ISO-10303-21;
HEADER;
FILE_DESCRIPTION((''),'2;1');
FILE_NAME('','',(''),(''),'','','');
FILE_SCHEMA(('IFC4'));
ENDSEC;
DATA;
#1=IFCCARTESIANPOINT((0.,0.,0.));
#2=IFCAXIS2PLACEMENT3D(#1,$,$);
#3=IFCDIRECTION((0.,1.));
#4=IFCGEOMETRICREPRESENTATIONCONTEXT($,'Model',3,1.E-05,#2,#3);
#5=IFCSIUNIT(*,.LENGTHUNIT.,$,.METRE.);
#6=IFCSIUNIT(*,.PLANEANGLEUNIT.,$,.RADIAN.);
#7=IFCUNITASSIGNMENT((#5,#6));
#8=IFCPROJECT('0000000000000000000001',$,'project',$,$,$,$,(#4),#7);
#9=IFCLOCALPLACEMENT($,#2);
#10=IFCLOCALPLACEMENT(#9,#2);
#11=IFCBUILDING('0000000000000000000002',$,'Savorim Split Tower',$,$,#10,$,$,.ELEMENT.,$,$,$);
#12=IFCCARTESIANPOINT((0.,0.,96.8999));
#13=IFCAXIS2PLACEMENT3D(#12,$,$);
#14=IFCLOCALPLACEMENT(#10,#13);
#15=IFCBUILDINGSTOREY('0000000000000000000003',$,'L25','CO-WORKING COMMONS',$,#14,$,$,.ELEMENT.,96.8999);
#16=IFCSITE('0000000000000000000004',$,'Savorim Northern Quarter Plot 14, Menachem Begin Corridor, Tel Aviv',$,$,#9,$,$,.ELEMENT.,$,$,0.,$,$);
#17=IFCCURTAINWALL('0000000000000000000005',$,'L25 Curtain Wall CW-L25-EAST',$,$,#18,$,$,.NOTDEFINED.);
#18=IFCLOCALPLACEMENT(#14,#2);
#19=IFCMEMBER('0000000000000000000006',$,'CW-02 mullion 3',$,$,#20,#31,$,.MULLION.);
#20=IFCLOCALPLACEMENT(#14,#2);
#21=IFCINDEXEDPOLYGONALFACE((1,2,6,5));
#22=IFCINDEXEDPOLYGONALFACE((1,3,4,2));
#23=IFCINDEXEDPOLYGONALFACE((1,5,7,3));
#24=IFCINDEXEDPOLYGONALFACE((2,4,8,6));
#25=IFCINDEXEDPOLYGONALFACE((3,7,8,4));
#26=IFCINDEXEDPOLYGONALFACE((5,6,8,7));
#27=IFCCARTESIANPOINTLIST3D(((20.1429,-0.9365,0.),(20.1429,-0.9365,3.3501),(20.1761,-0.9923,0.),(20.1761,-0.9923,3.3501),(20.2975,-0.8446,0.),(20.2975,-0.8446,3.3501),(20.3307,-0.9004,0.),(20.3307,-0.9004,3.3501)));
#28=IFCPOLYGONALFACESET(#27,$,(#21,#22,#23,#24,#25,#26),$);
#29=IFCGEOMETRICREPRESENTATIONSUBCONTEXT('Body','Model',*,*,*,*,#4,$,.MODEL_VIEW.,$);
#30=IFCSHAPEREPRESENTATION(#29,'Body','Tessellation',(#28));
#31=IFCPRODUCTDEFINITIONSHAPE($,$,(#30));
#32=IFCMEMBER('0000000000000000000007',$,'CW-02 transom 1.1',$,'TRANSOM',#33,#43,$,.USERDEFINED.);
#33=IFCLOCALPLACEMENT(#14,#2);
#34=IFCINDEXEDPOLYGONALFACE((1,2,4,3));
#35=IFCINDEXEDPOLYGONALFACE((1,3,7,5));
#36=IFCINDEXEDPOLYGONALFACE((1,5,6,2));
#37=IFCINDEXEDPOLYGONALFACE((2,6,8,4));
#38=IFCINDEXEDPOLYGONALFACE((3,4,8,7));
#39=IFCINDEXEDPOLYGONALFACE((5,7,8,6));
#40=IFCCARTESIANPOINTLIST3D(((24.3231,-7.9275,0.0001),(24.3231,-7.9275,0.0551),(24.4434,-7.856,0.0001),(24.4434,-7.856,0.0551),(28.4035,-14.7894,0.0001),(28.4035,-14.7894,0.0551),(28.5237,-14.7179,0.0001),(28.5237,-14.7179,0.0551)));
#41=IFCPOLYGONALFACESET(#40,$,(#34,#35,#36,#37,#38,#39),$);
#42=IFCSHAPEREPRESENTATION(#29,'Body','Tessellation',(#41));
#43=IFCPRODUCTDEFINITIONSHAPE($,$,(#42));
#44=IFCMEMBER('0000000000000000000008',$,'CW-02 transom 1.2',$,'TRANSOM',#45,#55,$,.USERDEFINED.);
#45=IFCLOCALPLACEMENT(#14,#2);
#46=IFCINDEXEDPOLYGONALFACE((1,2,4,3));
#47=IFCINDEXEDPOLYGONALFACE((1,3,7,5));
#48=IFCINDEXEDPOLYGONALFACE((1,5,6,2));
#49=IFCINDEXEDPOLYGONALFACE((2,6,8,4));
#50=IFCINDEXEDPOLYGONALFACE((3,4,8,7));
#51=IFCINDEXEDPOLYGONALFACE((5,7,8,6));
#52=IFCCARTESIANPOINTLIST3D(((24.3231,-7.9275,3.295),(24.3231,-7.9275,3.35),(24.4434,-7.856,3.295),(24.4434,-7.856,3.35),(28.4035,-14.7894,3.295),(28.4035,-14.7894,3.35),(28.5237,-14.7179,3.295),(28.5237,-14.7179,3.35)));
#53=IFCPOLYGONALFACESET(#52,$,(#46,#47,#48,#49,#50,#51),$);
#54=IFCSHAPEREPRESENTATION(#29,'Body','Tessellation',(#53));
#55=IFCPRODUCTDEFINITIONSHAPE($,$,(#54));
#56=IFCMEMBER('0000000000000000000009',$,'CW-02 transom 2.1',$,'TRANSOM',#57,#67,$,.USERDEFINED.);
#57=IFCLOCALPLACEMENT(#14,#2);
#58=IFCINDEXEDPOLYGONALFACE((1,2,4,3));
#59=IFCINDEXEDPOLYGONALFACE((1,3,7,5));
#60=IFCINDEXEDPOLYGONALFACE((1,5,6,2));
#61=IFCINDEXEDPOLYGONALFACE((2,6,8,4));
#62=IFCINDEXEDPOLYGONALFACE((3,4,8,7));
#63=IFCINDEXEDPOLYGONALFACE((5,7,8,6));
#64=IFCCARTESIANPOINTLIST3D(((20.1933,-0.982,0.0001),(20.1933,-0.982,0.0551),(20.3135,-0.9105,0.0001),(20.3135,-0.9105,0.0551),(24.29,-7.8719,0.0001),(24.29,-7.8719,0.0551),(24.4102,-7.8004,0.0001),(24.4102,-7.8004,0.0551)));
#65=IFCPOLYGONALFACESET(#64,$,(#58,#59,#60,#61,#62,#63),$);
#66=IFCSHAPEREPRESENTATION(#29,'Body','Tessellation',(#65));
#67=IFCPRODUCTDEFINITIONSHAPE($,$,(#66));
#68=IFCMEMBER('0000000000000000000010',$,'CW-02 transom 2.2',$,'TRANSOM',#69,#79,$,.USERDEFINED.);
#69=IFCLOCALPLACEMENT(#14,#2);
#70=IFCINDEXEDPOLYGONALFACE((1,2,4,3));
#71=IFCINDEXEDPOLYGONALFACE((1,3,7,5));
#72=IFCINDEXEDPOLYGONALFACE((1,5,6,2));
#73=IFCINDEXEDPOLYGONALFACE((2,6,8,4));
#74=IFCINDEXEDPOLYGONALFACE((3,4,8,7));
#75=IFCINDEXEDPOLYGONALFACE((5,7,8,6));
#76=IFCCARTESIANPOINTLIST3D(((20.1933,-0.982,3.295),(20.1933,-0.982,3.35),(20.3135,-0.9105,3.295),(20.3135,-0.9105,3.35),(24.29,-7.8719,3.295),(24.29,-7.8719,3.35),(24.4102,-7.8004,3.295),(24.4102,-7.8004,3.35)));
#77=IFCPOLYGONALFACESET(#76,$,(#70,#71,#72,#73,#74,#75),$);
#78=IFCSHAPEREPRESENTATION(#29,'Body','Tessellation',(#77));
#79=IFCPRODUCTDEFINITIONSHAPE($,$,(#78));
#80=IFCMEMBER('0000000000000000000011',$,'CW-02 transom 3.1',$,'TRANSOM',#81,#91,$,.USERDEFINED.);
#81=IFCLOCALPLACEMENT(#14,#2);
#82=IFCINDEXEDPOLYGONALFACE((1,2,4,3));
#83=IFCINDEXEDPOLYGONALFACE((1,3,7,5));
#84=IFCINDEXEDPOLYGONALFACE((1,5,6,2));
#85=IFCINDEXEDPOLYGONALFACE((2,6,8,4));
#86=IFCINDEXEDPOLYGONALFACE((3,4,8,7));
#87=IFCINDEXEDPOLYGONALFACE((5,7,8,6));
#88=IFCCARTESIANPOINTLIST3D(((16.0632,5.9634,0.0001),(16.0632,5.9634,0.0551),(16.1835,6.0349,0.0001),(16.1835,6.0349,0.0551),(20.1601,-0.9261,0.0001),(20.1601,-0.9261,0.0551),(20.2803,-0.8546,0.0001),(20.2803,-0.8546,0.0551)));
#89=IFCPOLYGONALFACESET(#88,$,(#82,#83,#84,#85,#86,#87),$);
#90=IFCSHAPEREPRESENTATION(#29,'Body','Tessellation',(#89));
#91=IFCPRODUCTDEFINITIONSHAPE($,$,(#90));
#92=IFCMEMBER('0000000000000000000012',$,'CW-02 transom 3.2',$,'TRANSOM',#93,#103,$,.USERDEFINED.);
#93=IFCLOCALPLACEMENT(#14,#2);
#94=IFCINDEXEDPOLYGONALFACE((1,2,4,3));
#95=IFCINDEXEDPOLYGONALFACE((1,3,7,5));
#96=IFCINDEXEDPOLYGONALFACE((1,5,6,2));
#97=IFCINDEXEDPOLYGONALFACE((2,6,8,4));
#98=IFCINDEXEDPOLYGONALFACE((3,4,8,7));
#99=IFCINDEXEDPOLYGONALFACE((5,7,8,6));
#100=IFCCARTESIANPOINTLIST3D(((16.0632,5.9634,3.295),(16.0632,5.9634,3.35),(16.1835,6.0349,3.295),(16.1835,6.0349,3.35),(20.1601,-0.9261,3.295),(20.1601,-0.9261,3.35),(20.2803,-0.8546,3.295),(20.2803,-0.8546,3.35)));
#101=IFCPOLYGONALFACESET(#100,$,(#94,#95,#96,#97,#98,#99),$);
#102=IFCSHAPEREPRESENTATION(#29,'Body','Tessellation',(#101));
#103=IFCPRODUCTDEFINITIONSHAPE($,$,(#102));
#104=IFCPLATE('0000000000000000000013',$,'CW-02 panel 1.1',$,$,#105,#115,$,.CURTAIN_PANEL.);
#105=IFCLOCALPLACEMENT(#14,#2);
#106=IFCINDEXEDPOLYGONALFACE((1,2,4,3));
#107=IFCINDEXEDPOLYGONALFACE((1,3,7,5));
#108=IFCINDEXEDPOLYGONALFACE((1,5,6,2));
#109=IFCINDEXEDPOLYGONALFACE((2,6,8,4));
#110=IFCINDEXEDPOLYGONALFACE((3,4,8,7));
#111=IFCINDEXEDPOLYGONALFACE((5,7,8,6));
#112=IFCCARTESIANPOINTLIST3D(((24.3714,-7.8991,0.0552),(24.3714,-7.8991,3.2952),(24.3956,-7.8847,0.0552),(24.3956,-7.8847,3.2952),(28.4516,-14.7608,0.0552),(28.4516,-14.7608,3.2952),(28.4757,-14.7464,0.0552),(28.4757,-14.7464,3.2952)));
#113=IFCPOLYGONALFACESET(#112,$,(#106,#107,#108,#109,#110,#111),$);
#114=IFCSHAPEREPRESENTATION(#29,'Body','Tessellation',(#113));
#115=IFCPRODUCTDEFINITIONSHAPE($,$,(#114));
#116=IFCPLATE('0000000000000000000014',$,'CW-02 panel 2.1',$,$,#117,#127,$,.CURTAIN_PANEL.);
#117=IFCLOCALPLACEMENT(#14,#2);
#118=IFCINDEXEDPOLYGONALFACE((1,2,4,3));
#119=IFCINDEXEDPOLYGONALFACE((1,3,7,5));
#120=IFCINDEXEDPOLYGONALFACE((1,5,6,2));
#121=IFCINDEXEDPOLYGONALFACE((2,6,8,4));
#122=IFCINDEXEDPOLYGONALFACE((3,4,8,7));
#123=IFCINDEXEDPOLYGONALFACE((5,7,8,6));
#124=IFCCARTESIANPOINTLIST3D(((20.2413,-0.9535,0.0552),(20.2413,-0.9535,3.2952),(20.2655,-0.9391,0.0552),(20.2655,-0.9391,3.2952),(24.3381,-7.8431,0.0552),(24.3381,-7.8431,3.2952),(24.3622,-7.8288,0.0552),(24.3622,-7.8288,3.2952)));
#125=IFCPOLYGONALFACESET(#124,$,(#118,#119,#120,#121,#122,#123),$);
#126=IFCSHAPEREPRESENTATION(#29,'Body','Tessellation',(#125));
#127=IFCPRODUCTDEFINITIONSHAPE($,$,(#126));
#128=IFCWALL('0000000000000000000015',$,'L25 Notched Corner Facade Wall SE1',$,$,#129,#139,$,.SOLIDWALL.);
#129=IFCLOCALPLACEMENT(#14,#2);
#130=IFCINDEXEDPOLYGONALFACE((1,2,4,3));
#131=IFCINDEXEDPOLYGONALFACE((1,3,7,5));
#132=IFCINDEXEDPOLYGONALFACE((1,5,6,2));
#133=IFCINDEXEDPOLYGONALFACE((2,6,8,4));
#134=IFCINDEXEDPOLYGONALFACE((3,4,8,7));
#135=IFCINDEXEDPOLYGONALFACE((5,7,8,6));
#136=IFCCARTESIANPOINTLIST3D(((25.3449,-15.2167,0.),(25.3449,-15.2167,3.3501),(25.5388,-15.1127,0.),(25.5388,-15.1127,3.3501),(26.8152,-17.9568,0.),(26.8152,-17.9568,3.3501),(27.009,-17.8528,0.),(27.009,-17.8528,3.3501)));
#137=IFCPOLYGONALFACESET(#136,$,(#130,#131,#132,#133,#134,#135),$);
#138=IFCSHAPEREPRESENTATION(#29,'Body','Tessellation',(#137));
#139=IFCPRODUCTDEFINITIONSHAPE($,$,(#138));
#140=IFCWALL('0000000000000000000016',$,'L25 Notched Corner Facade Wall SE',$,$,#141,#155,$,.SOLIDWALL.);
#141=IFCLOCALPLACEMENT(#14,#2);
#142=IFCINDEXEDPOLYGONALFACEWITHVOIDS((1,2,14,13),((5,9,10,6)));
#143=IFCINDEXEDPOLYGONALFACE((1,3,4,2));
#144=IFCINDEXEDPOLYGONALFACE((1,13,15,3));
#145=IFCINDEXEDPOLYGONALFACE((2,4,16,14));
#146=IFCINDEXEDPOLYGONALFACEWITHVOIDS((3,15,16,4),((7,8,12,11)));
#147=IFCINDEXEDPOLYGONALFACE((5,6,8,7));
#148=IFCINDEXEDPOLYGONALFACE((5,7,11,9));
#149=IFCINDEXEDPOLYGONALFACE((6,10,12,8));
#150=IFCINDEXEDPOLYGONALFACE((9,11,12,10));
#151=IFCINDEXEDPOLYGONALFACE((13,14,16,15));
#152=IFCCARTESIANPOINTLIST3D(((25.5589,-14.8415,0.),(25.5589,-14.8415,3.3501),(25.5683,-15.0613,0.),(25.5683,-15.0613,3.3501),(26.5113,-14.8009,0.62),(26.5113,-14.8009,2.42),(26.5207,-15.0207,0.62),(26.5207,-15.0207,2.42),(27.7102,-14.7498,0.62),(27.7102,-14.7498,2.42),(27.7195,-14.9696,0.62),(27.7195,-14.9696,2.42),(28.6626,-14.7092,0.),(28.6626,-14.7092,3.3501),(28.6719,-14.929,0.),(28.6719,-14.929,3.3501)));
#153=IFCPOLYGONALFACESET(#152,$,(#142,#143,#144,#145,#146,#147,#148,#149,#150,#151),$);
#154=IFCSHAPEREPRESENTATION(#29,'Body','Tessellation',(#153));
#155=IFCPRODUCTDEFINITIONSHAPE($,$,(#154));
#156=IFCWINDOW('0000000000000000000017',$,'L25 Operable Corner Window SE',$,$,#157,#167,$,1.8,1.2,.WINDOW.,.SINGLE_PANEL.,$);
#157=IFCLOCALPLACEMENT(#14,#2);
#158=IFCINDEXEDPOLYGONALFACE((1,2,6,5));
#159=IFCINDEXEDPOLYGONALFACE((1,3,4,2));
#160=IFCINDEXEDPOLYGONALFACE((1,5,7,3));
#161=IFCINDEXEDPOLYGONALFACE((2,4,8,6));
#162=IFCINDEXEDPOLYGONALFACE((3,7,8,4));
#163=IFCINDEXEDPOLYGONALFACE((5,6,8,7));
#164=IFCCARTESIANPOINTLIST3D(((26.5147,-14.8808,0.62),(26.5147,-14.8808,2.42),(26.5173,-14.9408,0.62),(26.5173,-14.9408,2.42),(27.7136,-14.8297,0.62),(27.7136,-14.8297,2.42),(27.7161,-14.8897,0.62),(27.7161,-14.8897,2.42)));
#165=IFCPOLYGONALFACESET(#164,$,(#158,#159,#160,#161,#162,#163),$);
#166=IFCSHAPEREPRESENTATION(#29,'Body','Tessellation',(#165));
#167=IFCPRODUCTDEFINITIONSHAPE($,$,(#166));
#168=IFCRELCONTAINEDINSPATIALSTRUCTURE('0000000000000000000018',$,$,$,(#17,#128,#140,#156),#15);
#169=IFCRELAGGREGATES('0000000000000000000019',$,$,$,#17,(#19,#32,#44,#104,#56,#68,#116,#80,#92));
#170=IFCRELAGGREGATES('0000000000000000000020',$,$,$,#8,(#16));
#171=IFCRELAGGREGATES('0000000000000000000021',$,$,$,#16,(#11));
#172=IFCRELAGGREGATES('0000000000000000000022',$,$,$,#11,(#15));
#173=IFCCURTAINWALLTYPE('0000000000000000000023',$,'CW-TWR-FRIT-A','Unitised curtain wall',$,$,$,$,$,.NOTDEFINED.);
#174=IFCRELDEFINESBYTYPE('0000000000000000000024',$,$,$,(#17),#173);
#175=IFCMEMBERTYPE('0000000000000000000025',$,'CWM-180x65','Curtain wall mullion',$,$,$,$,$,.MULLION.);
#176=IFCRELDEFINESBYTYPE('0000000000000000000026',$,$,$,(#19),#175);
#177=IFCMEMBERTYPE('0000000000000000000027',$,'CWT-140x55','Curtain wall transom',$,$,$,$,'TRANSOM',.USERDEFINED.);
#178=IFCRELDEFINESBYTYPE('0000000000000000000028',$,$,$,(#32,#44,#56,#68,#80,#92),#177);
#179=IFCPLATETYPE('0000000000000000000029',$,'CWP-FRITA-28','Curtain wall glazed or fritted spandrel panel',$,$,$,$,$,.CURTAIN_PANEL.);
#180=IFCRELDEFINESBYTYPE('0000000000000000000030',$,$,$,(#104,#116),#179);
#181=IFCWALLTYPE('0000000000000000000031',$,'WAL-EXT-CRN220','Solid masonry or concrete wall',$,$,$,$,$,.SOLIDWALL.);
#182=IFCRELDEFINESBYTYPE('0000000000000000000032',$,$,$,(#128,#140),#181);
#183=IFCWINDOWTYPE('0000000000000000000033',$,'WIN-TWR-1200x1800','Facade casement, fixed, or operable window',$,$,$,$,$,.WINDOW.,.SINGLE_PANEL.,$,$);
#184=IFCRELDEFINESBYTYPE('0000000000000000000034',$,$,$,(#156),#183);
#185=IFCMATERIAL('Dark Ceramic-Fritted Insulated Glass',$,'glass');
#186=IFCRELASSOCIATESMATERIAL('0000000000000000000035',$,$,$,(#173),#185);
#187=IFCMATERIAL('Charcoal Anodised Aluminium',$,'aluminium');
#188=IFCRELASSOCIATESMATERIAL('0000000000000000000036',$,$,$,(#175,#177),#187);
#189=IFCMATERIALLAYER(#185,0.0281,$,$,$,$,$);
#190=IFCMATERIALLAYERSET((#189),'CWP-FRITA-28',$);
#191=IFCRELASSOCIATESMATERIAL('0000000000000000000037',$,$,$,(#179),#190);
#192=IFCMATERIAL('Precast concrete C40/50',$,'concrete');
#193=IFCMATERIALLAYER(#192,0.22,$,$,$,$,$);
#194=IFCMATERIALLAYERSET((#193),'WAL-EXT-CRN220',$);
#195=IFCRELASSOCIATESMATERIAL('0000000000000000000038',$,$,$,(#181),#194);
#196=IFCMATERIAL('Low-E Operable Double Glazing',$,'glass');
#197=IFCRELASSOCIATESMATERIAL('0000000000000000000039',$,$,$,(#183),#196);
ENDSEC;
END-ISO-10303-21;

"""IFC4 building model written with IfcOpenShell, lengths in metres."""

from ifc_helpers import new_model, si_unit, direction, frame, frame_2d, origin, origin_2d, place, context, subcontext, project, spatial, rectangle, extrude, material, layer, layer_set, material_profile, profile_set, type_object, element, fill, aggregate, save


model = new_model("IFC4")

# Units and contexts
model_context = context("Model", 3, precision=1e-05, world=origin(), true_north=direction((0.0, 1.0)))
body_context = subcontext(model_context, "Body", "Model", "MODEL_VIEW")
ifc_project = project(units=[si_unit("LENGTHUNIT", "METRE"), si_unit("PLANEANGLEUNIT", "RADIAN")], contexts=[model_context])

# Site, building, storey
site_placement = place(None, origin())
site = spatial("IfcSite", under=ifc_project, at=site_placement, Name="Savorim Northern Quarter Plot 14, Menachem Begin Corridor, Tel Aviv", CompositionType="ELEMENT", RefElevation=0.0)
building_placement = place(site_placement, origin())
building = spatial("IfcBuilding", under=site, at=building_placement, Name="Savorim Split Tower", CompositionType="ELEMENT")
storey_placement = place(building_placement, frame((0.0, 0.0, 96.8999)))
storey = spatial("IfcBuildingStorey", under=building, at=storey_placement, Name="L25", Description="CO-WORKING COMMONS", CompositionType="ELEMENT", Elevation=96.8999)

# Shared definitions
ifc_material_1 = material(Name="Dark Ceramic-Fritted Insulated Glass", Category="glass")
curtain_wall_type = type_object("IfcCurtainWallType", Name="CW-TWR-FRIT-A", Description="Unitised curtain wall", PredefinedType="NOTDEFINED", material=ifc_material_1)
ifc_material_2 = material(Name="Charcoal Anodised Aluminium", Category="aluminium")
ifc_material_profile_1 = material_profile(ifc_material_2, rectangle(XDim=0.1799, YDim=0.0649, at=origin_2d()), Name="ALU-M 180x65")
ifc_profile_set_1 = profile_set([ifc_material_profile_1], Name="Charcoal Anodised Aluminium")
member_type_1 = type_object("IfcMemberType", Name="CWM-180x65", Description="Curtain wall mullion", PredefinedType="MULLION", material=ifc_profile_set_1)

# Curtain wall, members, plates
curtain_wall_1_placement = place(storey_placement, origin())
curtain_wall_1 = element("IfcCurtainWall", 1, at=curtain_wall_1_placement, inside=storey, type_object=curtain_wall_type, Name="L25 Curtain Wall CW-L25-EAST", PredefinedType="NOTDEFINED")
member_1_placement = place(storey_placement, frame((20.2368, -0.9185, 0.0), z_axis=(0.0, 0.0, 1.0), x_axis=(-0.859525, -0.511094, 0.0)))
member_1 = element("IfcMember", 2, at=member_1_placement, type_object=member_type_1, Name="CW-02 mullion 3", PredefinedType="MULLION", context=body_context, shape_type="SweptSolid", body=[
    extrude(rectangle(XDim=0.1799, YDim=0.0649, at=origin_2d()), origin(), (0.0, 0.0, 1.0), 3.3501),
])
ifc_material_profile_2 = material_profile(ifc_material_2, rectangle(XDim=0.1399, YDim=0.0549, at=origin_2d()), Name="ALU-T 140x55")
ifc_profile_set_2 = profile_set([ifc_material_profile_2], Name="Charcoal Anodised Aluminium")
member_type_2 = type_object("IfcMemberType", Name="CWT-140x55", Description="Curtain wall transom", ElementType="TRANSOM", PredefinedType="USERDEFINED", material=ifc_profile_set_2)
member_2_placement = place(storey_placement, frame((28.4636, -14.7537, 0.0276), z_axis=(-0.511105, 0.859518, 0.0), x_axis=(-0.859518, -0.511105, 0.0)))
member_2 = element("IfcMember", 3, at=member_2_placement, type_object=member_type_2, Name="CW-02 transom 1.1", ObjectType="TRANSOM", PredefinedType="USERDEFINED", context=body_context, shape_type="SweptSolid", body=[
    extrude(rectangle(XDim=0.1399, YDim=0.0549, at=origin_2d()), origin(), (0.0, 0.0, 1.0), 7.9834),
])
member_3_placement = place(storey_placement, frame((28.4636, -14.7537, 3.3225), z_axis=(-0.511105, 0.859518, 0.0), x_axis=(-0.859518, -0.511105, 0.0)))
member_3 = element("IfcMember", 4, at=member_3_placement, type_object=member_type_2, Name="CW-02 transom 1.2", ObjectType="TRANSOM", PredefinedType="USERDEFINED", context=body_context, shape_type="SweptSolid", body=[
    extrude(rectangle(XDim=0.1399, YDim=0.0549, at=origin_2d()), origin(), (0.0, 0.0, 1.0), 7.9834),
])
member_4_placement = place(storey_placement, frame((24.3501, -7.8362, 0.0276), z_axis=(-0.511074, 0.859537, 0.0), x_axis=(-0.859537, -0.511074, 0.0)))
member_4 = element("IfcMember", 5, at=member_4_placement, type_object=member_type_2, Name="CW-02 transom 2.1", ObjectType="TRANSOM", PredefinedType="USERDEFINED", context=body_context, shape_type="SweptSolid", body=[
    extrude(rectangle(XDim=0.1399, YDim=0.0549, at=origin_2d()), origin(), (0.0, 0.0, 1.0), 8.0159),
])
member_5_placement = place(storey_placement, frame((24.3501, -7.8362, 3.3225), z_axis=(-0.511074, 0.859537, 0.0), x_axis=(-0.859537, -0.511074, 0.0)))
member_5 = element("IfcMember", 6, at=member_5_placement, type_object=member_type_2, Name="CW-02 transom 2.2", ObjectType="TRANSOM", PredefinedType="USERDEFINED", context=body_context, shape_type="SweptSolid", body=[
    extrude(rectangle(XDim=0.1399, YDim=0.0549, at=origin_2d()), origin(), (0.0, 0.0, 1.0), 8.0159),
])
member_6_placement = place(storey_placement, frame((20.2202, -0.8904, 0.0276), z_axis=(-0.51111, 0.859515, 0.0), x_axis=(-0.859515, -0.51111, 0.0)))
member_6 = element("IfcMember", 7, at=member_6_placement, type_object=member_type_2, Name="CW-02 transom 3.1", ObjectType="TRANSOM", PredefinedType="USERDEFINED", context=body_context, shape_type="SweptSolid", body=[
    extrude(rectangle(XDim=0.1399, YDim=0.0549, at=origin_2d()), origin(), (0.0, 0.0, 1.0), 8.0156),
])
member_7_placement = place(storey_placement, frame((20.2202, -0.8904, 3.3225), z_axis=(-0.51111, 0.859515, 0.0), x_axis=(-0.859515, -0.51111, 0.0)))
member_7 = element("IfcMember", 8, at=member_7_placement, type_object=member_type_2, Name="CW-02 transom 3.2", ObjectType="TRANSOM", PredefinedType="USERDEFINED", context=body_context, shape_type="SweptSolid", body=[
    extrude(rectangle(XDim=0.1399, YDim=0.0549, at=origin_2d()), origin(), (0.0, 0.0, 1.0), 8.0156),
])
ifc_layer_1 = layer(ifc_material_1, 0.0281)
ifc_layer_set_1 = layer_set([ifc_layer_1], Name="CWP-FRITA-28")
plate_type = type_object("IfcPlateType", Name="CWP-FRITA-28", Description="Curtain wall glazed or fritted spandrel panel", PredefinedType="CURTAIN_PANEL", material=ifc_layer_set_1)
plate_1_placement = place(storey_placement, frame((26.4236, -11.3228, 0.0552), z_axis=(0.0, 0.0, 1.0), x_axis=(-0.511094, 0.859525, 0.0)))
plate_1 = element("IfcPlate", 9, at=plate_1_placement, type_object=plate_type, Name="CW-02 panel 1.1", PredefinedType="CURTAIN_PANEL", context=body_context, shape_type="SweptSolid", body=[
    extrude(rectangle(XDim=7.9832, YDim=0.0281, at=origin_2d()), origin(), (0.0, 0.0, 1.0), 3.24),
])
plate_2_placement = place(storey_placement, frame((22.3018, -4.3911, 0.0552), z_axis=(0.0, 0.0, 1.0), x_axis=(-0.511094, 0.859525, 0.0)))
plate_2 = element("IfcPlate", 10, at=plate_2_placement, type_object=plate_type, Name="CW-02 panel 2.1", PredefinedType="CURTAIN_PANEL", context=body_context, shape_type="SweptSolid", body=[
    extrude(rectangle(XDim=8.0156, YDim=0.0281, at=origin_2d()), origin(), (0.0, 0.0, 1.0), 3.24),
])
aggregate(curtain_wall_1, [member_1, member_2, member_3, plate_1, member_4, member_5, plate_2, member_6, member_7])

# Wall
ifc_material_3 = material(Name="Precast concrete C40/50", Category="concrete")
ifc_layer_2 = layer(ifc_material_3, 0.22)
ifc_layer_set_2 = layer_set([ifc_layer_2], Name="WAL-EXT-CRN220")
wall_type = type_object("IfcWallType", Name="WAL-EXT-CRN220", Description="Solid masonry or concrete wall", PredefinedType="SOLIDWALL", material=ifc_layer_set_2)
wall_1_placement = place(storey_placement, frame((25.4419, -15.1648, 0.0), z_axis=(0.0, 0.0, 1.0), x_axis=(0.472812, -0.881163, 0.0)))
element("IfcWall", 11, at=wall_1_placement, inside=storey, type_object=wall_type, Name="L25 Notched Corner Facade Wall SE1", PredefinedType="SOLIDWALL", context=body_context, shape_type="SweptSolid", body=[
    extrude(rectangle(XDim=3.1096, YDim=0.22, at=frame_2d((1.5547, 0.0))), origin(), (0.0, 0.0, 1.0), 3.3501),
])

# Wall, opening, window
wall_2_placement = place(storey_placement, frame((28.6672, -14.8191, 0.0), z_axis=(0.0, 0.0, 1.0), x_axis=(-0.999092, -0.042598, 0.0)))
wall_2 = element("IfcWall", 12, at=wall_2_placement, inside=storey, type_object=wall_type, Name="L25 Notched Corner Facade Wall SE", PredefinedType="SOLIDWALL", context=body_context, shape_type="SweptSolid", body=[
    extrude(rectangle(XDim=3.1064, YDim=0.22, at=frame_2d((1.5532, 0.0))), origin(), (0.0, 0.0, 1.0), 3.3501),
])
opening_placement = place(wall_2_placement, frame((0.9531, 0.0, 0.6201)))
opening = element("IfcOpeningElement", 13, at=opening_placement, cuts=wall_2, PredefinedType="OPENING", context=body_context, shape_type="SweptSolid", body=[
    extrude(rectangle(XDim=1.2, YDim=1.8, at=frame_2d((0.6001, 0.8999))), frame((0.0, 0.1199, 0.0), z_axis=(0.0, -1.0, 0.0), x_axis=(1.0, 0.0, 0.0)), (0.0, 0.0, 1.0), 0.24),
])
ifc_material_4 = material(Name="Low-E Operable Double Glazing", Category="glass")
window_type = type_object("IfcWindowType", Name="WIN-TWR-1200x1800", Description="Facade casement, fixed, or operable window", PartitioningType="SINGLE_PANEL", PredefinedType="WINDOW", material=ifc_material_4)
window_placement = place(opening_placement, origin())
window = element("IfcWindow", 14, at=window_placement, inside=storey, type_object=window_type, Name="L25 Operable Corner Window SE", OverallHeight=1.8, OverallWidth=1.2, PartitioningType="SINGLE_PANEL", PredefinedType="WINDOW", context=body_context, shape_type="SweptSolid", body=[
    extrude(rectangle(XDim=1.2, YDim=1.8, at=frame_2d((0.6001, 0.8999))), frame((0.0, 0.03, 0.0), z_axis=(0.0, -1.0, 0.0), x_axis=(1.0, 0.0, 0.0)), (0.0, 0.0, 1.0), 0.0601),
])
fill(opening, window)

save(model, "model.ifc")
